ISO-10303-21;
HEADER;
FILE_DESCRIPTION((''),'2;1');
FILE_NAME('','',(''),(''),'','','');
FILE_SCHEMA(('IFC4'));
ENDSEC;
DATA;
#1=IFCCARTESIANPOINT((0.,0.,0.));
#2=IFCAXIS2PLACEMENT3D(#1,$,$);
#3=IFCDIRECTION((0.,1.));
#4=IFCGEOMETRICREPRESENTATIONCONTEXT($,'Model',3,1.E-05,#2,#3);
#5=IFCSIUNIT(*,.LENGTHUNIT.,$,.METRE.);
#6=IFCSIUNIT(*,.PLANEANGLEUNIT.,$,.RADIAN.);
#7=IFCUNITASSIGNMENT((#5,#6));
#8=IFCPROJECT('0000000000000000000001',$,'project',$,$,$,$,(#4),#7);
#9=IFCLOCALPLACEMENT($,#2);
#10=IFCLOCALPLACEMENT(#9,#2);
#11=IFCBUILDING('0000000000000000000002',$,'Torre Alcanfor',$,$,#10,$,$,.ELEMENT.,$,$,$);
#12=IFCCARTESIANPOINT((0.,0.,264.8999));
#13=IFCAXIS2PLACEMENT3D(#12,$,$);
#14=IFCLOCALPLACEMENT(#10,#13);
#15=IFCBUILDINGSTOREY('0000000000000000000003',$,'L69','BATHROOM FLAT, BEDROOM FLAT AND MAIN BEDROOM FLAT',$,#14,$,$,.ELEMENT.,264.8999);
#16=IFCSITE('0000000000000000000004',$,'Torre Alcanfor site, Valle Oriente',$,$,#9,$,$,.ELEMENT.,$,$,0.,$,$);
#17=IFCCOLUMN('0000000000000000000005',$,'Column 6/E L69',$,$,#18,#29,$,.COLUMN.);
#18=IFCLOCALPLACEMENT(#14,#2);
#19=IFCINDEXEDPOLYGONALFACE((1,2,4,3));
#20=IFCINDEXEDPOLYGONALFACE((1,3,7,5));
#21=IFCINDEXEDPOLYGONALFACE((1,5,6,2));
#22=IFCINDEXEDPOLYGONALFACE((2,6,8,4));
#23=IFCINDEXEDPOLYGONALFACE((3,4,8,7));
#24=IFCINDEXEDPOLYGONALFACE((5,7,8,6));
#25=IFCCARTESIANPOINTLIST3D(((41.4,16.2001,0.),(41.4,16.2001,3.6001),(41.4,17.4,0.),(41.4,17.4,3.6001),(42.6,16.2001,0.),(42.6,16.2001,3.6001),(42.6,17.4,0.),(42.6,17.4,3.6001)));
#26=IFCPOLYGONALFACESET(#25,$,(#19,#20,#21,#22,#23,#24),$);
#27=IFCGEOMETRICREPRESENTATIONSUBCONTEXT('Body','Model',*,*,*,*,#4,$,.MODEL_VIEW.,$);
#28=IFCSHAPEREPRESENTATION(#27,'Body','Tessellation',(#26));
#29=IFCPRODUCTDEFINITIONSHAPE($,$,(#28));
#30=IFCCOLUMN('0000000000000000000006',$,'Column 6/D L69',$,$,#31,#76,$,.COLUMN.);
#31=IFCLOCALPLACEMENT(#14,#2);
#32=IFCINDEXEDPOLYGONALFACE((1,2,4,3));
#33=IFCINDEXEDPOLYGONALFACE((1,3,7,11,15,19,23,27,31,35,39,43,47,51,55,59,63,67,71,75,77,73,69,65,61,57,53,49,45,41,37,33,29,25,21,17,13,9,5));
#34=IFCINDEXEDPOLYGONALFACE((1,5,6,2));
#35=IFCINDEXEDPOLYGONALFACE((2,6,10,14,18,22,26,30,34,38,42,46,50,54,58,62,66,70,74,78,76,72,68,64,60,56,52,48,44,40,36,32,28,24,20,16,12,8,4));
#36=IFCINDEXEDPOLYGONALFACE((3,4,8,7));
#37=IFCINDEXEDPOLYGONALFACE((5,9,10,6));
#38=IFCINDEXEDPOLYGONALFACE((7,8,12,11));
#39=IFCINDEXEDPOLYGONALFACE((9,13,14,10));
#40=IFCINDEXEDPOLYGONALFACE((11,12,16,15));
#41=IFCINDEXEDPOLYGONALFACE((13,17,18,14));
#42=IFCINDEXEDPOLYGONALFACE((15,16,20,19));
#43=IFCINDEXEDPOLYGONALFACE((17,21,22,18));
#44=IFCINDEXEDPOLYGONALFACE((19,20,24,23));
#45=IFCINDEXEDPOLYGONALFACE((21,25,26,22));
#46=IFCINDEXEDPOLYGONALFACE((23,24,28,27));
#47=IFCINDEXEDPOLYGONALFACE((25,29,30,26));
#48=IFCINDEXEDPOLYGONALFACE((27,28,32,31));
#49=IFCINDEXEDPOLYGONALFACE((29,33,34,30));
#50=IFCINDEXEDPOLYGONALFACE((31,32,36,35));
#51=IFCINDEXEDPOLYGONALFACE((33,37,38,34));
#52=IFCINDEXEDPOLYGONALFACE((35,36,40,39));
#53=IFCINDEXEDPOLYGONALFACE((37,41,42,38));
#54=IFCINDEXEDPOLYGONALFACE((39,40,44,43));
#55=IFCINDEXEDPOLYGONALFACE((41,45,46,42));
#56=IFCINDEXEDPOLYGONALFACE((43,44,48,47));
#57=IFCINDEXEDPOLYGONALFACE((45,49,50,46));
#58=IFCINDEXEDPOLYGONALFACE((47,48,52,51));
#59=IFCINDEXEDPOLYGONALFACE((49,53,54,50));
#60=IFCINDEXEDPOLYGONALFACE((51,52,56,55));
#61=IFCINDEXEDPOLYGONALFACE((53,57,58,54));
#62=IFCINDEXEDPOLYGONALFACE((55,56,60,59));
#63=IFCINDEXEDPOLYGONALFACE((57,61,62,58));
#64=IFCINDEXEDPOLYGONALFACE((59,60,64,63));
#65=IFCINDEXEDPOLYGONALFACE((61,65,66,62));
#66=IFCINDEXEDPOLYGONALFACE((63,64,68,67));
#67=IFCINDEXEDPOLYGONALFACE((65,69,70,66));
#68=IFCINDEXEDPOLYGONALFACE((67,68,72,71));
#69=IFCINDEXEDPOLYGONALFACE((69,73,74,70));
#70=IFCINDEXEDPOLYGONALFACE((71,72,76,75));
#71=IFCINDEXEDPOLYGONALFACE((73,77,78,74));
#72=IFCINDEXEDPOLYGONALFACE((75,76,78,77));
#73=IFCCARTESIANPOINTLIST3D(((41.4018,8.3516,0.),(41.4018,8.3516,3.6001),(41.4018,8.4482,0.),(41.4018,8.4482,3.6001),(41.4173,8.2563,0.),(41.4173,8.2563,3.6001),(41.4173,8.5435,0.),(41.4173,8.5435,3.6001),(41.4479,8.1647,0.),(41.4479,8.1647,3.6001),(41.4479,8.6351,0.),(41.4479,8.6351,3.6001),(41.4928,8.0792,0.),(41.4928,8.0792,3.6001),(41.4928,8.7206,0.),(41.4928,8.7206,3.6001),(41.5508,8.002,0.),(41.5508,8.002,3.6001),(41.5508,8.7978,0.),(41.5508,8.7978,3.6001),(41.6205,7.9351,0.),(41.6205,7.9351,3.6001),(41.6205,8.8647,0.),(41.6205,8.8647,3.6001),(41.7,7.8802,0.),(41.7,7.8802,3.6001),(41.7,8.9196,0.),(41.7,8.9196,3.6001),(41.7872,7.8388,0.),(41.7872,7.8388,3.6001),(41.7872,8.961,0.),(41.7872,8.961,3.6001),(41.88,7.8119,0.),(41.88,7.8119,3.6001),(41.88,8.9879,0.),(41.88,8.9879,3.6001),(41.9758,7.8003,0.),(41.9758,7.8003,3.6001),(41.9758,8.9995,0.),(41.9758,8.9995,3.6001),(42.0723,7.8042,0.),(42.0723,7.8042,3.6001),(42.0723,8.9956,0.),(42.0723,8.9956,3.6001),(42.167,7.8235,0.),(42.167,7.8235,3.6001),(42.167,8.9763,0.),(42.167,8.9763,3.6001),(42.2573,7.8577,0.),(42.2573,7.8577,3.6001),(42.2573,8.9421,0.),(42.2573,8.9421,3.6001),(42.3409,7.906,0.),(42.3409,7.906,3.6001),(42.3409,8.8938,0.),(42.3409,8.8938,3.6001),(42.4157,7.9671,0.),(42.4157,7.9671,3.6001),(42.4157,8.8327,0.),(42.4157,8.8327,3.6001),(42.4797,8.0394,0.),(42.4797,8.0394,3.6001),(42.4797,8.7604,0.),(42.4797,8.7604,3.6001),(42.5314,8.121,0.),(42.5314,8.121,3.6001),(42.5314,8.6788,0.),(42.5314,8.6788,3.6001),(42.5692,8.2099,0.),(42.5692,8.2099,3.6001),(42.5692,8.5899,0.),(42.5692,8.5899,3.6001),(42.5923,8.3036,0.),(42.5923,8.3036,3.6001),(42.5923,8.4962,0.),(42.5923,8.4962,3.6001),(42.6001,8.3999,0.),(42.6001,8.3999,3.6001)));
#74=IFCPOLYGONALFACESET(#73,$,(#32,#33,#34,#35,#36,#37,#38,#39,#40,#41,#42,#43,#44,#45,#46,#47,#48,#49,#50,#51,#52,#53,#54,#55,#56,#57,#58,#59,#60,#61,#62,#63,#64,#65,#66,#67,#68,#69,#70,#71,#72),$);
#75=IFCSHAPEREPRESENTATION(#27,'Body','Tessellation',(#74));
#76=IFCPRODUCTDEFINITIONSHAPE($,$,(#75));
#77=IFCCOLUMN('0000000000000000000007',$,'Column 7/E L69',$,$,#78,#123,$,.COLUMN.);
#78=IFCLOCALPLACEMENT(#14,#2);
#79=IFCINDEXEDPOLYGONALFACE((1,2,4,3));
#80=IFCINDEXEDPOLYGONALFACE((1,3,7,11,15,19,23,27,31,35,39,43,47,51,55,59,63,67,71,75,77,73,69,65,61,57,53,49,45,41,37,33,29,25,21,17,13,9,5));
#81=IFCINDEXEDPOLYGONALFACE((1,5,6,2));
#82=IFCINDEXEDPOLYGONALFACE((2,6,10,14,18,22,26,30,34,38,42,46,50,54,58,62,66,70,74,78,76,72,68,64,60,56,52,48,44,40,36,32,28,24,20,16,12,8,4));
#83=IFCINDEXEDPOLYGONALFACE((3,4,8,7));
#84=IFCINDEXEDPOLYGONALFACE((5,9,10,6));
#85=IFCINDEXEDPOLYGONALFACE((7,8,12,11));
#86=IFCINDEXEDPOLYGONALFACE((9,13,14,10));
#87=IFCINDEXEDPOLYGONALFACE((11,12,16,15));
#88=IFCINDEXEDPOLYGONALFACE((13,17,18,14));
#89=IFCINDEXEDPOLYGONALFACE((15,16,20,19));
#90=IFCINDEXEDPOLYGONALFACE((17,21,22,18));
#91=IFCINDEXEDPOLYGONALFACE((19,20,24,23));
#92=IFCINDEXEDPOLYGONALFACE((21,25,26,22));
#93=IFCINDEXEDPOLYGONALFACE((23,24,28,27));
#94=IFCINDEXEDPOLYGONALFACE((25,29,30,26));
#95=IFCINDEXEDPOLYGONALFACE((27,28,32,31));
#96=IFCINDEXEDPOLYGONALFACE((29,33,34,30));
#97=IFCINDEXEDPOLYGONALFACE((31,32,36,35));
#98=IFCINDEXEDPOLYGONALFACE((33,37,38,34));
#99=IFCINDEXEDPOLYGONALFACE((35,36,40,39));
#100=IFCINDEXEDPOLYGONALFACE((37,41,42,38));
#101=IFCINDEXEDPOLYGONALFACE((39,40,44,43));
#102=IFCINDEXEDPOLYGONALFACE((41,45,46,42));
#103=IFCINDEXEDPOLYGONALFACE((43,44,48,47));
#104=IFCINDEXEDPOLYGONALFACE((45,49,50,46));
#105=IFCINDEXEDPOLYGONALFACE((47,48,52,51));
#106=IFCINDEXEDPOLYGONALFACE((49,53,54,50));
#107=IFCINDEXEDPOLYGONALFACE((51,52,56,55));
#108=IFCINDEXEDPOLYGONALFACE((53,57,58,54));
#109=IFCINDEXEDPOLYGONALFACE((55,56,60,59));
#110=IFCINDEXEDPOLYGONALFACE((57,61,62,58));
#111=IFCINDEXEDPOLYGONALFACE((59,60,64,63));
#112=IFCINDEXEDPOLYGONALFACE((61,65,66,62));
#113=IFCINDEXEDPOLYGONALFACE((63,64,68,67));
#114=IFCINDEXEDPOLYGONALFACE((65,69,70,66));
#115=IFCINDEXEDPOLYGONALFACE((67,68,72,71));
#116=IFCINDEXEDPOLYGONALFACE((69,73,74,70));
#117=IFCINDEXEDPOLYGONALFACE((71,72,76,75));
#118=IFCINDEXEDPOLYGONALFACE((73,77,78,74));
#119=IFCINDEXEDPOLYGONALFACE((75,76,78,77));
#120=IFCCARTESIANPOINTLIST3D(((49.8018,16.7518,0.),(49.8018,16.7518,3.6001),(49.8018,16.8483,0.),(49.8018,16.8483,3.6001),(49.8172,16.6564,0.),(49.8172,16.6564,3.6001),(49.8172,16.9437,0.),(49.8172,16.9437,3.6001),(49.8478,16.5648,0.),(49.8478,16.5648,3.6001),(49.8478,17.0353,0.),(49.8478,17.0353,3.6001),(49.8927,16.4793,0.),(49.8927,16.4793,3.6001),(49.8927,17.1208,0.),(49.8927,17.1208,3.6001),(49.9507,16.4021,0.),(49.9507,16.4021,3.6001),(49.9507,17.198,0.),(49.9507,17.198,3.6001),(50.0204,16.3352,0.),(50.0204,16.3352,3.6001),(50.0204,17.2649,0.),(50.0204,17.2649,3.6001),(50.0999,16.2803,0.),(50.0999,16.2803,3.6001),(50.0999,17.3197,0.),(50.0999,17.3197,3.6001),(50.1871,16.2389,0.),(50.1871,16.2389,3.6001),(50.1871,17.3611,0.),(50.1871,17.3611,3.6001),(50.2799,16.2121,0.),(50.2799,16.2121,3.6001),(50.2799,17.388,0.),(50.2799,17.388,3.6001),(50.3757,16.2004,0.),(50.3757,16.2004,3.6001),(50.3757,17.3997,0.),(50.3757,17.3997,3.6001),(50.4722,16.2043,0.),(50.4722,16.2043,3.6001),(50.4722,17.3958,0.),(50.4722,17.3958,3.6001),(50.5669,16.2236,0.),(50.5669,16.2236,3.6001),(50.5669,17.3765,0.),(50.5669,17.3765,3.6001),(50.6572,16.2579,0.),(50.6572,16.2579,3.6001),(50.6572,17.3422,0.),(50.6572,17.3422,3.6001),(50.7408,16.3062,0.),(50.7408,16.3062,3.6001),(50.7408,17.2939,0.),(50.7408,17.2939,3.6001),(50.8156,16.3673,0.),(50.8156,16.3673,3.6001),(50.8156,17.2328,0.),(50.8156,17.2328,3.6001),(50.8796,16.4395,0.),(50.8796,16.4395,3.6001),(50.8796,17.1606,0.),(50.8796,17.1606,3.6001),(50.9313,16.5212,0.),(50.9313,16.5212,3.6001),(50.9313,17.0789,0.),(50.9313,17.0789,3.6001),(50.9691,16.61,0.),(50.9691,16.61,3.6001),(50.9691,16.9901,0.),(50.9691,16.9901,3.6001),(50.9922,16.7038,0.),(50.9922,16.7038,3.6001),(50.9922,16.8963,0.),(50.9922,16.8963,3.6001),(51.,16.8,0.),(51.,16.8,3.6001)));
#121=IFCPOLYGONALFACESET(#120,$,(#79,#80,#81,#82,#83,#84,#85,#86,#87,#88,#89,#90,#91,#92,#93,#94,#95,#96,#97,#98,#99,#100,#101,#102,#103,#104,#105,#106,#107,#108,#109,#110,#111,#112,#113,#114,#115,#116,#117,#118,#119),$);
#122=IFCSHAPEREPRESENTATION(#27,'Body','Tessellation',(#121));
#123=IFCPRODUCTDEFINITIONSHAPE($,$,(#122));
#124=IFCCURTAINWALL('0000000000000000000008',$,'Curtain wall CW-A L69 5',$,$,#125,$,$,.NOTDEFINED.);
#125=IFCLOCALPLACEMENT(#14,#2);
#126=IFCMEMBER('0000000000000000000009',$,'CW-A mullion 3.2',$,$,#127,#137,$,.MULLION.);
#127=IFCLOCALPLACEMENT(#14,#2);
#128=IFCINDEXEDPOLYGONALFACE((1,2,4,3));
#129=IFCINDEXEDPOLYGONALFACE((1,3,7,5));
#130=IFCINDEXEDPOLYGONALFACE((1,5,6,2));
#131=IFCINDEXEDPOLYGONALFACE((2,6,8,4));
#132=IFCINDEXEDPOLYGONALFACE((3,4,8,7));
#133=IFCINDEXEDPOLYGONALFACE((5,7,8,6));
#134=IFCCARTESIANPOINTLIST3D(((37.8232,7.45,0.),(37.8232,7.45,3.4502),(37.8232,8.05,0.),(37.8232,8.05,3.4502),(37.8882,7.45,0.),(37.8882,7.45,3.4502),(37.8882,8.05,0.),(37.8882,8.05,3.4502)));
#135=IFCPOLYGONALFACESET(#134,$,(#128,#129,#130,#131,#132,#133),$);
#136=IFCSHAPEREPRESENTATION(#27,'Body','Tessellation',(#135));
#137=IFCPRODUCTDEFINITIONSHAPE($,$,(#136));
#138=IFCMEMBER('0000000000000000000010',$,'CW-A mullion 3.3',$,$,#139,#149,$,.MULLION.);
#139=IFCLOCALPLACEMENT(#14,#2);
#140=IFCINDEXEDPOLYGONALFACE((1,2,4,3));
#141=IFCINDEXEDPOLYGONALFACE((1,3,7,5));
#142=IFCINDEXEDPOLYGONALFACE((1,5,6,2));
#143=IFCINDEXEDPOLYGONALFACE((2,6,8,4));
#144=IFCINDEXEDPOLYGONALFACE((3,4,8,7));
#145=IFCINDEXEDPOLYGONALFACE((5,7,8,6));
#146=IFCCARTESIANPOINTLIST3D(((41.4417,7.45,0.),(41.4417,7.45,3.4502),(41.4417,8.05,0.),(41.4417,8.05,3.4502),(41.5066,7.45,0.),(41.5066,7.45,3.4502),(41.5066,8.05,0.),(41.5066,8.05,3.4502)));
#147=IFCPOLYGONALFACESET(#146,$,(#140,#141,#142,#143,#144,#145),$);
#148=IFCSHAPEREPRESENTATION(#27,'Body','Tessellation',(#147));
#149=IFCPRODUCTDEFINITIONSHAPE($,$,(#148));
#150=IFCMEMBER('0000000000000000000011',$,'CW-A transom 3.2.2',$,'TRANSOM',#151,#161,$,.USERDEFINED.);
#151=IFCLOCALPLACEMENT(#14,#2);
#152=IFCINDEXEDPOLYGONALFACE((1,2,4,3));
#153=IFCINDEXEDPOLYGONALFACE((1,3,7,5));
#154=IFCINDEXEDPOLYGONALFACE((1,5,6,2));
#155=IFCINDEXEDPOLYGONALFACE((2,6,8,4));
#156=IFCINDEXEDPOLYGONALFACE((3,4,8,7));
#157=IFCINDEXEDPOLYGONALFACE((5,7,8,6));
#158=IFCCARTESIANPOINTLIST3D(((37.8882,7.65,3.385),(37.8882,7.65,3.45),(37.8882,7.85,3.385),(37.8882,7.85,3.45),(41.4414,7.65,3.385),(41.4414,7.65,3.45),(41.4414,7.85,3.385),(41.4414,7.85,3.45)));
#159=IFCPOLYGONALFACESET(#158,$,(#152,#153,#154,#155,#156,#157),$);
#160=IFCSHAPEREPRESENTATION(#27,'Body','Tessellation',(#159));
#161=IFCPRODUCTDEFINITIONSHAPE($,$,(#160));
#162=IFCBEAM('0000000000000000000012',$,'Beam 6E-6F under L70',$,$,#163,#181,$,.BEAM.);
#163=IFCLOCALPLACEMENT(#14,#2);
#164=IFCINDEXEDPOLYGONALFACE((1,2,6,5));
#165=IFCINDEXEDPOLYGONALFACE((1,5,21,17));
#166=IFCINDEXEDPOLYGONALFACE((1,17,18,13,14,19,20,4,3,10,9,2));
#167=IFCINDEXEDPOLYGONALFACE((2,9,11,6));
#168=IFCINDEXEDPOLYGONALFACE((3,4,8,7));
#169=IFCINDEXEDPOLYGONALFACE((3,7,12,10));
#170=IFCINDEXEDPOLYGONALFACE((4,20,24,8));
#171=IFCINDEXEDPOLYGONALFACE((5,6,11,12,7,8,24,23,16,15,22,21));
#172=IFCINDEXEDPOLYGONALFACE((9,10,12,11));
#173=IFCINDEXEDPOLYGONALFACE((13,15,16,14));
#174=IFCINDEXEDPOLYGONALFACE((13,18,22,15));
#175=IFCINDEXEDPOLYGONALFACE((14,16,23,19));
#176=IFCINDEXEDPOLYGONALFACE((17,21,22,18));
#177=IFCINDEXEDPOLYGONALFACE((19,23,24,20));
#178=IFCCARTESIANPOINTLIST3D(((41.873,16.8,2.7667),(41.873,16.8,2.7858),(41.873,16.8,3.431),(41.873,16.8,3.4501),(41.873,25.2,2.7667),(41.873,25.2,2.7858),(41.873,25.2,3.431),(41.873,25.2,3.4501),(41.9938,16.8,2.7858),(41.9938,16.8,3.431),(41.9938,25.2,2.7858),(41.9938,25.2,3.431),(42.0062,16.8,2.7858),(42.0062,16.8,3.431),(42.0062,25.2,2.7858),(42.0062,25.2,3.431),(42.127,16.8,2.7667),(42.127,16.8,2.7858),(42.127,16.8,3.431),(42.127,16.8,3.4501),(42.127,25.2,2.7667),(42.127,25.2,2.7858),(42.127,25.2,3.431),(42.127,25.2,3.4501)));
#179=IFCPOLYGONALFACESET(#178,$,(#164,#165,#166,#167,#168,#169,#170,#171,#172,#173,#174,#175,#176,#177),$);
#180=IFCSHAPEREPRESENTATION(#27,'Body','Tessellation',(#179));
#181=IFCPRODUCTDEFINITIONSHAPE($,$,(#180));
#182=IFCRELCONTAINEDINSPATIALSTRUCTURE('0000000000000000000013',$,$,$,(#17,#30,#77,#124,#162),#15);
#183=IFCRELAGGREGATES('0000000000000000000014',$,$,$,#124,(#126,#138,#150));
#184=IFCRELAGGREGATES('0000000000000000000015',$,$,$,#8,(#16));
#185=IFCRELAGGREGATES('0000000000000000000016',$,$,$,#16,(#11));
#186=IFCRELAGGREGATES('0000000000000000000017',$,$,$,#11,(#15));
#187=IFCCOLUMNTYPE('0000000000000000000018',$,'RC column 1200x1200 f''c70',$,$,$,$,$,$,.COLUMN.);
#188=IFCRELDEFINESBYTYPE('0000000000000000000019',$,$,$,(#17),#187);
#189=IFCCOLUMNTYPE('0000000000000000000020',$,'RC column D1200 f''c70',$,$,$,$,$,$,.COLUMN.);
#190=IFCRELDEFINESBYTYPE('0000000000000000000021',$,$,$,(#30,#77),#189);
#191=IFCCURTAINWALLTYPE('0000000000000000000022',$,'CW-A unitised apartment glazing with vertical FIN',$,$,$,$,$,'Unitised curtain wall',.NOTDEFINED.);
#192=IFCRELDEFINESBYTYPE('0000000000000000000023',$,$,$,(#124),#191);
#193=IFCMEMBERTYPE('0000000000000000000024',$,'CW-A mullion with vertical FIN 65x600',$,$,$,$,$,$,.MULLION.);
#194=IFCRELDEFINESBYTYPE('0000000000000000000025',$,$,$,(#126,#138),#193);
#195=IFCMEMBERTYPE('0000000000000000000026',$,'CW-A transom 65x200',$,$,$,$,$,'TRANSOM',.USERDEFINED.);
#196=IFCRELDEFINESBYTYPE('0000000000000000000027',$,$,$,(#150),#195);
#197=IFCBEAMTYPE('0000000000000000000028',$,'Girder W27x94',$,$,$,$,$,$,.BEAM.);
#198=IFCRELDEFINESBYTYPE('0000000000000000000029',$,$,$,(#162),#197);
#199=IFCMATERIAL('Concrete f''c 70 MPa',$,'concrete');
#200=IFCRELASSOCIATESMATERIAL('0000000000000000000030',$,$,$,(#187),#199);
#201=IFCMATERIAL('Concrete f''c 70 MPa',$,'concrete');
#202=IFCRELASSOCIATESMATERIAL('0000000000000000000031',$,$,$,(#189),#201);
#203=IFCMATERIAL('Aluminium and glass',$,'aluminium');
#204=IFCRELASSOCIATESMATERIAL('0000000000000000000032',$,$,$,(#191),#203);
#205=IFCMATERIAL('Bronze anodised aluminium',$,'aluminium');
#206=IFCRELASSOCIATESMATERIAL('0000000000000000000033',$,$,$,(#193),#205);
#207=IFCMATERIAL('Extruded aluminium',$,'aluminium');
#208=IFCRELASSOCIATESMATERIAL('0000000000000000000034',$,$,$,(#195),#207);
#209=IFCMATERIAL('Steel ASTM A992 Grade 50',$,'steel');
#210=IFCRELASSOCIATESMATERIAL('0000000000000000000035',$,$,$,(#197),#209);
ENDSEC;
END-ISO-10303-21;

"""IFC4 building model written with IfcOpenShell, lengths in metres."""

from ifc_helpers import new_model, si_unit, direction, frame, origin, origin_2d, place, context, subcontext, project, spatial, rectangle, circle, i_section, extrude, material, material_profile, profile_set, type_object, element, aggregate, save


model = new_model("IFC4")

# Units and contexts
model_context = context("Model", 3, precision=1e-05, world=origin(), true_north=direction((0.0, 1.0)))
body_context = subcontext(model_context, "Body", "Model", "MODEL_VIEW")
ifc_project = project(units=[si_unit("LENGTHUNIT", "METRE"), si_unit("PLANEANGLEUNIT", "RADIAN")], contexts=[model_context])

# Site, building, storey
site_placement = place(None, origin())
site = spatial("IfcSite", under=ifc_project, at=site_placement, Name="Torre Alcanfor site, Valle Oriente", CompositionType="ELEMENT", RefElevation=0.0)
building_placement = place(site_placement, origin())
building = spatial("IfcBuilding", under=site, at=building_placement, Name="Torre Alcanfor", CompositionType="ELEMENT")
storey_placement = place(building_placement, frame((0.0, 0.0, 264.8999)))
storey = spatial("IfcBuildingStorey", under=building, at=storey_placement, Name="L69", Description="BATHROOM FLAT, BEDROOM FLAT AND MAIN BEDROOM FLAT", CompositionType="ELEMENT", Elevation=264.8999)

# Columns
ifc_material_1 = material(Name="Concrete f'c 70 MPa", Category="concrete")
ifc_material_profile_1 = material_profile(ifc_material_1, rectangle(XDim=1.2, YDim=1.2, at=origin_2d()), Name="1200x1200")
ifc_profile_set_1 = profile_set([ifc_material_profile_1], Name="Concrete f'c 70 MPa")
column_type_1 = type_object("IfcColumnType", Name="RC column 1200x1200 f'c70", PredefinedType="COLUMN", material=ifc_profile_set_1)
column_placement = place(storey_placement, frame((42.0, 16.8, 0.0), z_axis=(0.0, 0.0, 1.0), x_axis=(1.0, 0.0, 0.0)))
element("IfcColumn", 1, at=column_placement, inside=storey, type_object=column_type_1, Name="Column 6/E L69", PredefinedType="COLUMN", context=body_context, shape_type="SweptSolid", body=[
    extrude(rectangle(XDim=1.2, YDim=1.2, at=origin_2d()), origin(), (0.0, 0.0, 1.0), 3.6001),
])
ifc_material_2 = material(Name="Concrete f'c 70 MPa", Category="concrete")
ifc_material_profile_2 = material_profile(ifc_material_2, circle(Radius=0.6001, at=origin_2d()), Name="D1200")
ifc_profile_set_2 = profile_set([ifc_material_profile_2], Name="Concrete f'c 70 MPa")
column_type_2 = type_object("IfcColumnType", Name="RC column D1200 f'c70", PredefinedType="COLUMN", material=ifc_profile_set_2)
for number, where, z_axis, x_axis, name in (
    (2, (42.0, 8.3999, 0.0), (0.0, 0.0, 1.0), (1.0, 0.0, 0.0), "Column 6/D L69"),
    (3, (50.3999, 16.8, 0.0), (0.0, 0.0, 1.0), (1.0, 0.0, 0.0), "Column 7/E L69"),
):
    element("IfcColumn", number, at=place(storey_placement, frame(where, z_axis=z_axis, x_axis=x_axis)), inside=storey, type_object=column_type_2, Name=name, PredefinedType="COLUMN", context=body_context, shape_type="SweptSolid", body=[
        extrude(circle(Radius=0.6001, at=origin_2d()), origin(), (0.0, 0.0, 1.0), 3.6001),
    ])

# Curtain wall, members
ifc_material_3 = material(Name="Aluminium and glass", Category="aluminium")
curtain_wall_type = type_object("IfcCurtainWallType", Name="CW-A unitised apartment glazing with vertical FIN", ElementType="Unitised curtain wall", PredefinedType="NOTDEFINED", material=ifc_material_3)
curtain_wall_placement = place(storey_placement, origin())
curtain_wall = element("IfcCurtainWall", 4, at=curtain_wall_placement, inside=storey, type_object=curtain_wall_type, Name="Curtain wall CW-A L69 5", PredefinedType="NOTDEFINED")
ifc_material_4 = material(Name="Bronze anodised aluminium", Category="aluminium")
ifc_material_profile_3 = material_profile(ifc_material_4, rectangle(XDim=0.6001, YDim=0.0649, at=origin_2d()), Name="CW-A mullion 65x600")
ifc_profile_set_3 = profile_set([ifc_material_profile_3], Name="Bronze anodised aluminium")
member_type_1 = type_object("IfcMemberType", Name="CW-A mullion with vertical FIN 65x600", PredefinedType="MULLION", material=ifc_profile_set_3)
member_1_placement = place(storey_placement, frame((37.8557, 7.75, 0.0), z_axis=(0.0, 0.0, 1.0), x_axis=(0.0, 1.0, 0.0)))
member_1 = element("IfcMember", 5, at=member_1_placement, type_object=member_type_1, Name="CW-A mullion 3.2", PredefinedType="MULLION", context=body_context, shape_type="SweptSolid", body=[
    extrude(rectangle(XDim=0.6001, YDim=0.0649, at=origin_2d()), origin(), (0.0, 0.0, 1.0), 3.4502),
])
member_2_placement = place(storey_placement, frame((41.4741, 7.75, 0.0), z_axis=(0.0, 0.0, 1.0), x_axis=(0.0, 1.0, 0.0)))
member_2 = element("IfcMember", 6, at=member_2_placement, type_object=member_type_1, Name="CW-A mullion 3.3", PredefinedType="MULLION", context=body_context, shape_type="SweptSolid", body=[
    extrude(rectangle(XDim=0.6001, YDim=0.0649, at=origin_2d()), origin(), (0.0, 0.0, 1.0), 3.4502),
])
ifc_material_5 = material(Name="Extruded aluminium", Category="aluminium")
ifc_material_profile_4 = material_profile(ifc_material_5, rectangle(XDim=0.2, YDim=0.0649, at=origin_2d()), Name="CW-A transom 200x65")
ifc_profile_set_4 = profile_set([ifc_material_profile_4], Name="Extruded aluminium")
member_type_2 = type_object("IfcMemberType", Name="CW-A transom 65x200", ElementType="TRANSOM", PredefinedType="USERDEFINED", material=ifc_profile_set_4)
member_3_placement = place(storey_placement, frame((37.8882, 7.75, 3.4175), z_axis=(1.0, 0.0, 0.0), x_axis=(0.0, 1.0, 0.0)))
member_3 = element("IfcMember", 7, at=member_3_placement, type_object=member_type_2, Name="CW-A transom 3.2.2", ObjectType="TRANSOM", PredefinedType="USERDEFINED", context=body_context, shape_type="SweptSolid", body=[
    extrude(rectangle(XDim=0.2, YDim=0.0649, at=origin_2d()), origin(), (0.0, 0.0, 1.0), 3.5532),
])

# Beam
ifc_material_6 = material(Name="Steel ASTM A992 Grade 50", Category="steel")
ifc_material_profile_5 = material_profile(ifc_material_6, i_section(OverallWidth=0.2539, OverallDepth=0.6833, WebThickness=0.0125, FlangeThickness=0.019, at=origin_2d()), Name="W27x94")
ifc_profile_set_5 = profile_set([ifc_material_profile_5], Name="Steel ASTM A992 Grade 50")
beam_type_1 = type_object("IfcBeamType", Name="Girder W27x94", PredefinedType="BEAM", material=ifc_profile_set_5)
beam_1_placement = place(storey_placement, frame((42.0, 16.8, 3.1084), z_axis=(0.0, 1.0, 0.0), x_axis=(-1.0, 0.0, 0.0)))
element("IfcBeam", 8, at=beam_1_placement, inside=storey, type_object=beam_type_1, Name="Beam 6E-6F under L70", PredefinedType="BEAM", context=body_context, shape_type="SweptSolid", body=[
    extrude(i_section(OverallWidth=0.2539, OverallDepth=0.6833, WebThickness=0.0125, FlangeThickness=0.019, at=origin_2d()), origin(), (0.0, 0.0, 1.0), 8.3999),
])

aggregate(curtain_wall, [member_1, member_2, member_3])

save(model, "model.ifc")
